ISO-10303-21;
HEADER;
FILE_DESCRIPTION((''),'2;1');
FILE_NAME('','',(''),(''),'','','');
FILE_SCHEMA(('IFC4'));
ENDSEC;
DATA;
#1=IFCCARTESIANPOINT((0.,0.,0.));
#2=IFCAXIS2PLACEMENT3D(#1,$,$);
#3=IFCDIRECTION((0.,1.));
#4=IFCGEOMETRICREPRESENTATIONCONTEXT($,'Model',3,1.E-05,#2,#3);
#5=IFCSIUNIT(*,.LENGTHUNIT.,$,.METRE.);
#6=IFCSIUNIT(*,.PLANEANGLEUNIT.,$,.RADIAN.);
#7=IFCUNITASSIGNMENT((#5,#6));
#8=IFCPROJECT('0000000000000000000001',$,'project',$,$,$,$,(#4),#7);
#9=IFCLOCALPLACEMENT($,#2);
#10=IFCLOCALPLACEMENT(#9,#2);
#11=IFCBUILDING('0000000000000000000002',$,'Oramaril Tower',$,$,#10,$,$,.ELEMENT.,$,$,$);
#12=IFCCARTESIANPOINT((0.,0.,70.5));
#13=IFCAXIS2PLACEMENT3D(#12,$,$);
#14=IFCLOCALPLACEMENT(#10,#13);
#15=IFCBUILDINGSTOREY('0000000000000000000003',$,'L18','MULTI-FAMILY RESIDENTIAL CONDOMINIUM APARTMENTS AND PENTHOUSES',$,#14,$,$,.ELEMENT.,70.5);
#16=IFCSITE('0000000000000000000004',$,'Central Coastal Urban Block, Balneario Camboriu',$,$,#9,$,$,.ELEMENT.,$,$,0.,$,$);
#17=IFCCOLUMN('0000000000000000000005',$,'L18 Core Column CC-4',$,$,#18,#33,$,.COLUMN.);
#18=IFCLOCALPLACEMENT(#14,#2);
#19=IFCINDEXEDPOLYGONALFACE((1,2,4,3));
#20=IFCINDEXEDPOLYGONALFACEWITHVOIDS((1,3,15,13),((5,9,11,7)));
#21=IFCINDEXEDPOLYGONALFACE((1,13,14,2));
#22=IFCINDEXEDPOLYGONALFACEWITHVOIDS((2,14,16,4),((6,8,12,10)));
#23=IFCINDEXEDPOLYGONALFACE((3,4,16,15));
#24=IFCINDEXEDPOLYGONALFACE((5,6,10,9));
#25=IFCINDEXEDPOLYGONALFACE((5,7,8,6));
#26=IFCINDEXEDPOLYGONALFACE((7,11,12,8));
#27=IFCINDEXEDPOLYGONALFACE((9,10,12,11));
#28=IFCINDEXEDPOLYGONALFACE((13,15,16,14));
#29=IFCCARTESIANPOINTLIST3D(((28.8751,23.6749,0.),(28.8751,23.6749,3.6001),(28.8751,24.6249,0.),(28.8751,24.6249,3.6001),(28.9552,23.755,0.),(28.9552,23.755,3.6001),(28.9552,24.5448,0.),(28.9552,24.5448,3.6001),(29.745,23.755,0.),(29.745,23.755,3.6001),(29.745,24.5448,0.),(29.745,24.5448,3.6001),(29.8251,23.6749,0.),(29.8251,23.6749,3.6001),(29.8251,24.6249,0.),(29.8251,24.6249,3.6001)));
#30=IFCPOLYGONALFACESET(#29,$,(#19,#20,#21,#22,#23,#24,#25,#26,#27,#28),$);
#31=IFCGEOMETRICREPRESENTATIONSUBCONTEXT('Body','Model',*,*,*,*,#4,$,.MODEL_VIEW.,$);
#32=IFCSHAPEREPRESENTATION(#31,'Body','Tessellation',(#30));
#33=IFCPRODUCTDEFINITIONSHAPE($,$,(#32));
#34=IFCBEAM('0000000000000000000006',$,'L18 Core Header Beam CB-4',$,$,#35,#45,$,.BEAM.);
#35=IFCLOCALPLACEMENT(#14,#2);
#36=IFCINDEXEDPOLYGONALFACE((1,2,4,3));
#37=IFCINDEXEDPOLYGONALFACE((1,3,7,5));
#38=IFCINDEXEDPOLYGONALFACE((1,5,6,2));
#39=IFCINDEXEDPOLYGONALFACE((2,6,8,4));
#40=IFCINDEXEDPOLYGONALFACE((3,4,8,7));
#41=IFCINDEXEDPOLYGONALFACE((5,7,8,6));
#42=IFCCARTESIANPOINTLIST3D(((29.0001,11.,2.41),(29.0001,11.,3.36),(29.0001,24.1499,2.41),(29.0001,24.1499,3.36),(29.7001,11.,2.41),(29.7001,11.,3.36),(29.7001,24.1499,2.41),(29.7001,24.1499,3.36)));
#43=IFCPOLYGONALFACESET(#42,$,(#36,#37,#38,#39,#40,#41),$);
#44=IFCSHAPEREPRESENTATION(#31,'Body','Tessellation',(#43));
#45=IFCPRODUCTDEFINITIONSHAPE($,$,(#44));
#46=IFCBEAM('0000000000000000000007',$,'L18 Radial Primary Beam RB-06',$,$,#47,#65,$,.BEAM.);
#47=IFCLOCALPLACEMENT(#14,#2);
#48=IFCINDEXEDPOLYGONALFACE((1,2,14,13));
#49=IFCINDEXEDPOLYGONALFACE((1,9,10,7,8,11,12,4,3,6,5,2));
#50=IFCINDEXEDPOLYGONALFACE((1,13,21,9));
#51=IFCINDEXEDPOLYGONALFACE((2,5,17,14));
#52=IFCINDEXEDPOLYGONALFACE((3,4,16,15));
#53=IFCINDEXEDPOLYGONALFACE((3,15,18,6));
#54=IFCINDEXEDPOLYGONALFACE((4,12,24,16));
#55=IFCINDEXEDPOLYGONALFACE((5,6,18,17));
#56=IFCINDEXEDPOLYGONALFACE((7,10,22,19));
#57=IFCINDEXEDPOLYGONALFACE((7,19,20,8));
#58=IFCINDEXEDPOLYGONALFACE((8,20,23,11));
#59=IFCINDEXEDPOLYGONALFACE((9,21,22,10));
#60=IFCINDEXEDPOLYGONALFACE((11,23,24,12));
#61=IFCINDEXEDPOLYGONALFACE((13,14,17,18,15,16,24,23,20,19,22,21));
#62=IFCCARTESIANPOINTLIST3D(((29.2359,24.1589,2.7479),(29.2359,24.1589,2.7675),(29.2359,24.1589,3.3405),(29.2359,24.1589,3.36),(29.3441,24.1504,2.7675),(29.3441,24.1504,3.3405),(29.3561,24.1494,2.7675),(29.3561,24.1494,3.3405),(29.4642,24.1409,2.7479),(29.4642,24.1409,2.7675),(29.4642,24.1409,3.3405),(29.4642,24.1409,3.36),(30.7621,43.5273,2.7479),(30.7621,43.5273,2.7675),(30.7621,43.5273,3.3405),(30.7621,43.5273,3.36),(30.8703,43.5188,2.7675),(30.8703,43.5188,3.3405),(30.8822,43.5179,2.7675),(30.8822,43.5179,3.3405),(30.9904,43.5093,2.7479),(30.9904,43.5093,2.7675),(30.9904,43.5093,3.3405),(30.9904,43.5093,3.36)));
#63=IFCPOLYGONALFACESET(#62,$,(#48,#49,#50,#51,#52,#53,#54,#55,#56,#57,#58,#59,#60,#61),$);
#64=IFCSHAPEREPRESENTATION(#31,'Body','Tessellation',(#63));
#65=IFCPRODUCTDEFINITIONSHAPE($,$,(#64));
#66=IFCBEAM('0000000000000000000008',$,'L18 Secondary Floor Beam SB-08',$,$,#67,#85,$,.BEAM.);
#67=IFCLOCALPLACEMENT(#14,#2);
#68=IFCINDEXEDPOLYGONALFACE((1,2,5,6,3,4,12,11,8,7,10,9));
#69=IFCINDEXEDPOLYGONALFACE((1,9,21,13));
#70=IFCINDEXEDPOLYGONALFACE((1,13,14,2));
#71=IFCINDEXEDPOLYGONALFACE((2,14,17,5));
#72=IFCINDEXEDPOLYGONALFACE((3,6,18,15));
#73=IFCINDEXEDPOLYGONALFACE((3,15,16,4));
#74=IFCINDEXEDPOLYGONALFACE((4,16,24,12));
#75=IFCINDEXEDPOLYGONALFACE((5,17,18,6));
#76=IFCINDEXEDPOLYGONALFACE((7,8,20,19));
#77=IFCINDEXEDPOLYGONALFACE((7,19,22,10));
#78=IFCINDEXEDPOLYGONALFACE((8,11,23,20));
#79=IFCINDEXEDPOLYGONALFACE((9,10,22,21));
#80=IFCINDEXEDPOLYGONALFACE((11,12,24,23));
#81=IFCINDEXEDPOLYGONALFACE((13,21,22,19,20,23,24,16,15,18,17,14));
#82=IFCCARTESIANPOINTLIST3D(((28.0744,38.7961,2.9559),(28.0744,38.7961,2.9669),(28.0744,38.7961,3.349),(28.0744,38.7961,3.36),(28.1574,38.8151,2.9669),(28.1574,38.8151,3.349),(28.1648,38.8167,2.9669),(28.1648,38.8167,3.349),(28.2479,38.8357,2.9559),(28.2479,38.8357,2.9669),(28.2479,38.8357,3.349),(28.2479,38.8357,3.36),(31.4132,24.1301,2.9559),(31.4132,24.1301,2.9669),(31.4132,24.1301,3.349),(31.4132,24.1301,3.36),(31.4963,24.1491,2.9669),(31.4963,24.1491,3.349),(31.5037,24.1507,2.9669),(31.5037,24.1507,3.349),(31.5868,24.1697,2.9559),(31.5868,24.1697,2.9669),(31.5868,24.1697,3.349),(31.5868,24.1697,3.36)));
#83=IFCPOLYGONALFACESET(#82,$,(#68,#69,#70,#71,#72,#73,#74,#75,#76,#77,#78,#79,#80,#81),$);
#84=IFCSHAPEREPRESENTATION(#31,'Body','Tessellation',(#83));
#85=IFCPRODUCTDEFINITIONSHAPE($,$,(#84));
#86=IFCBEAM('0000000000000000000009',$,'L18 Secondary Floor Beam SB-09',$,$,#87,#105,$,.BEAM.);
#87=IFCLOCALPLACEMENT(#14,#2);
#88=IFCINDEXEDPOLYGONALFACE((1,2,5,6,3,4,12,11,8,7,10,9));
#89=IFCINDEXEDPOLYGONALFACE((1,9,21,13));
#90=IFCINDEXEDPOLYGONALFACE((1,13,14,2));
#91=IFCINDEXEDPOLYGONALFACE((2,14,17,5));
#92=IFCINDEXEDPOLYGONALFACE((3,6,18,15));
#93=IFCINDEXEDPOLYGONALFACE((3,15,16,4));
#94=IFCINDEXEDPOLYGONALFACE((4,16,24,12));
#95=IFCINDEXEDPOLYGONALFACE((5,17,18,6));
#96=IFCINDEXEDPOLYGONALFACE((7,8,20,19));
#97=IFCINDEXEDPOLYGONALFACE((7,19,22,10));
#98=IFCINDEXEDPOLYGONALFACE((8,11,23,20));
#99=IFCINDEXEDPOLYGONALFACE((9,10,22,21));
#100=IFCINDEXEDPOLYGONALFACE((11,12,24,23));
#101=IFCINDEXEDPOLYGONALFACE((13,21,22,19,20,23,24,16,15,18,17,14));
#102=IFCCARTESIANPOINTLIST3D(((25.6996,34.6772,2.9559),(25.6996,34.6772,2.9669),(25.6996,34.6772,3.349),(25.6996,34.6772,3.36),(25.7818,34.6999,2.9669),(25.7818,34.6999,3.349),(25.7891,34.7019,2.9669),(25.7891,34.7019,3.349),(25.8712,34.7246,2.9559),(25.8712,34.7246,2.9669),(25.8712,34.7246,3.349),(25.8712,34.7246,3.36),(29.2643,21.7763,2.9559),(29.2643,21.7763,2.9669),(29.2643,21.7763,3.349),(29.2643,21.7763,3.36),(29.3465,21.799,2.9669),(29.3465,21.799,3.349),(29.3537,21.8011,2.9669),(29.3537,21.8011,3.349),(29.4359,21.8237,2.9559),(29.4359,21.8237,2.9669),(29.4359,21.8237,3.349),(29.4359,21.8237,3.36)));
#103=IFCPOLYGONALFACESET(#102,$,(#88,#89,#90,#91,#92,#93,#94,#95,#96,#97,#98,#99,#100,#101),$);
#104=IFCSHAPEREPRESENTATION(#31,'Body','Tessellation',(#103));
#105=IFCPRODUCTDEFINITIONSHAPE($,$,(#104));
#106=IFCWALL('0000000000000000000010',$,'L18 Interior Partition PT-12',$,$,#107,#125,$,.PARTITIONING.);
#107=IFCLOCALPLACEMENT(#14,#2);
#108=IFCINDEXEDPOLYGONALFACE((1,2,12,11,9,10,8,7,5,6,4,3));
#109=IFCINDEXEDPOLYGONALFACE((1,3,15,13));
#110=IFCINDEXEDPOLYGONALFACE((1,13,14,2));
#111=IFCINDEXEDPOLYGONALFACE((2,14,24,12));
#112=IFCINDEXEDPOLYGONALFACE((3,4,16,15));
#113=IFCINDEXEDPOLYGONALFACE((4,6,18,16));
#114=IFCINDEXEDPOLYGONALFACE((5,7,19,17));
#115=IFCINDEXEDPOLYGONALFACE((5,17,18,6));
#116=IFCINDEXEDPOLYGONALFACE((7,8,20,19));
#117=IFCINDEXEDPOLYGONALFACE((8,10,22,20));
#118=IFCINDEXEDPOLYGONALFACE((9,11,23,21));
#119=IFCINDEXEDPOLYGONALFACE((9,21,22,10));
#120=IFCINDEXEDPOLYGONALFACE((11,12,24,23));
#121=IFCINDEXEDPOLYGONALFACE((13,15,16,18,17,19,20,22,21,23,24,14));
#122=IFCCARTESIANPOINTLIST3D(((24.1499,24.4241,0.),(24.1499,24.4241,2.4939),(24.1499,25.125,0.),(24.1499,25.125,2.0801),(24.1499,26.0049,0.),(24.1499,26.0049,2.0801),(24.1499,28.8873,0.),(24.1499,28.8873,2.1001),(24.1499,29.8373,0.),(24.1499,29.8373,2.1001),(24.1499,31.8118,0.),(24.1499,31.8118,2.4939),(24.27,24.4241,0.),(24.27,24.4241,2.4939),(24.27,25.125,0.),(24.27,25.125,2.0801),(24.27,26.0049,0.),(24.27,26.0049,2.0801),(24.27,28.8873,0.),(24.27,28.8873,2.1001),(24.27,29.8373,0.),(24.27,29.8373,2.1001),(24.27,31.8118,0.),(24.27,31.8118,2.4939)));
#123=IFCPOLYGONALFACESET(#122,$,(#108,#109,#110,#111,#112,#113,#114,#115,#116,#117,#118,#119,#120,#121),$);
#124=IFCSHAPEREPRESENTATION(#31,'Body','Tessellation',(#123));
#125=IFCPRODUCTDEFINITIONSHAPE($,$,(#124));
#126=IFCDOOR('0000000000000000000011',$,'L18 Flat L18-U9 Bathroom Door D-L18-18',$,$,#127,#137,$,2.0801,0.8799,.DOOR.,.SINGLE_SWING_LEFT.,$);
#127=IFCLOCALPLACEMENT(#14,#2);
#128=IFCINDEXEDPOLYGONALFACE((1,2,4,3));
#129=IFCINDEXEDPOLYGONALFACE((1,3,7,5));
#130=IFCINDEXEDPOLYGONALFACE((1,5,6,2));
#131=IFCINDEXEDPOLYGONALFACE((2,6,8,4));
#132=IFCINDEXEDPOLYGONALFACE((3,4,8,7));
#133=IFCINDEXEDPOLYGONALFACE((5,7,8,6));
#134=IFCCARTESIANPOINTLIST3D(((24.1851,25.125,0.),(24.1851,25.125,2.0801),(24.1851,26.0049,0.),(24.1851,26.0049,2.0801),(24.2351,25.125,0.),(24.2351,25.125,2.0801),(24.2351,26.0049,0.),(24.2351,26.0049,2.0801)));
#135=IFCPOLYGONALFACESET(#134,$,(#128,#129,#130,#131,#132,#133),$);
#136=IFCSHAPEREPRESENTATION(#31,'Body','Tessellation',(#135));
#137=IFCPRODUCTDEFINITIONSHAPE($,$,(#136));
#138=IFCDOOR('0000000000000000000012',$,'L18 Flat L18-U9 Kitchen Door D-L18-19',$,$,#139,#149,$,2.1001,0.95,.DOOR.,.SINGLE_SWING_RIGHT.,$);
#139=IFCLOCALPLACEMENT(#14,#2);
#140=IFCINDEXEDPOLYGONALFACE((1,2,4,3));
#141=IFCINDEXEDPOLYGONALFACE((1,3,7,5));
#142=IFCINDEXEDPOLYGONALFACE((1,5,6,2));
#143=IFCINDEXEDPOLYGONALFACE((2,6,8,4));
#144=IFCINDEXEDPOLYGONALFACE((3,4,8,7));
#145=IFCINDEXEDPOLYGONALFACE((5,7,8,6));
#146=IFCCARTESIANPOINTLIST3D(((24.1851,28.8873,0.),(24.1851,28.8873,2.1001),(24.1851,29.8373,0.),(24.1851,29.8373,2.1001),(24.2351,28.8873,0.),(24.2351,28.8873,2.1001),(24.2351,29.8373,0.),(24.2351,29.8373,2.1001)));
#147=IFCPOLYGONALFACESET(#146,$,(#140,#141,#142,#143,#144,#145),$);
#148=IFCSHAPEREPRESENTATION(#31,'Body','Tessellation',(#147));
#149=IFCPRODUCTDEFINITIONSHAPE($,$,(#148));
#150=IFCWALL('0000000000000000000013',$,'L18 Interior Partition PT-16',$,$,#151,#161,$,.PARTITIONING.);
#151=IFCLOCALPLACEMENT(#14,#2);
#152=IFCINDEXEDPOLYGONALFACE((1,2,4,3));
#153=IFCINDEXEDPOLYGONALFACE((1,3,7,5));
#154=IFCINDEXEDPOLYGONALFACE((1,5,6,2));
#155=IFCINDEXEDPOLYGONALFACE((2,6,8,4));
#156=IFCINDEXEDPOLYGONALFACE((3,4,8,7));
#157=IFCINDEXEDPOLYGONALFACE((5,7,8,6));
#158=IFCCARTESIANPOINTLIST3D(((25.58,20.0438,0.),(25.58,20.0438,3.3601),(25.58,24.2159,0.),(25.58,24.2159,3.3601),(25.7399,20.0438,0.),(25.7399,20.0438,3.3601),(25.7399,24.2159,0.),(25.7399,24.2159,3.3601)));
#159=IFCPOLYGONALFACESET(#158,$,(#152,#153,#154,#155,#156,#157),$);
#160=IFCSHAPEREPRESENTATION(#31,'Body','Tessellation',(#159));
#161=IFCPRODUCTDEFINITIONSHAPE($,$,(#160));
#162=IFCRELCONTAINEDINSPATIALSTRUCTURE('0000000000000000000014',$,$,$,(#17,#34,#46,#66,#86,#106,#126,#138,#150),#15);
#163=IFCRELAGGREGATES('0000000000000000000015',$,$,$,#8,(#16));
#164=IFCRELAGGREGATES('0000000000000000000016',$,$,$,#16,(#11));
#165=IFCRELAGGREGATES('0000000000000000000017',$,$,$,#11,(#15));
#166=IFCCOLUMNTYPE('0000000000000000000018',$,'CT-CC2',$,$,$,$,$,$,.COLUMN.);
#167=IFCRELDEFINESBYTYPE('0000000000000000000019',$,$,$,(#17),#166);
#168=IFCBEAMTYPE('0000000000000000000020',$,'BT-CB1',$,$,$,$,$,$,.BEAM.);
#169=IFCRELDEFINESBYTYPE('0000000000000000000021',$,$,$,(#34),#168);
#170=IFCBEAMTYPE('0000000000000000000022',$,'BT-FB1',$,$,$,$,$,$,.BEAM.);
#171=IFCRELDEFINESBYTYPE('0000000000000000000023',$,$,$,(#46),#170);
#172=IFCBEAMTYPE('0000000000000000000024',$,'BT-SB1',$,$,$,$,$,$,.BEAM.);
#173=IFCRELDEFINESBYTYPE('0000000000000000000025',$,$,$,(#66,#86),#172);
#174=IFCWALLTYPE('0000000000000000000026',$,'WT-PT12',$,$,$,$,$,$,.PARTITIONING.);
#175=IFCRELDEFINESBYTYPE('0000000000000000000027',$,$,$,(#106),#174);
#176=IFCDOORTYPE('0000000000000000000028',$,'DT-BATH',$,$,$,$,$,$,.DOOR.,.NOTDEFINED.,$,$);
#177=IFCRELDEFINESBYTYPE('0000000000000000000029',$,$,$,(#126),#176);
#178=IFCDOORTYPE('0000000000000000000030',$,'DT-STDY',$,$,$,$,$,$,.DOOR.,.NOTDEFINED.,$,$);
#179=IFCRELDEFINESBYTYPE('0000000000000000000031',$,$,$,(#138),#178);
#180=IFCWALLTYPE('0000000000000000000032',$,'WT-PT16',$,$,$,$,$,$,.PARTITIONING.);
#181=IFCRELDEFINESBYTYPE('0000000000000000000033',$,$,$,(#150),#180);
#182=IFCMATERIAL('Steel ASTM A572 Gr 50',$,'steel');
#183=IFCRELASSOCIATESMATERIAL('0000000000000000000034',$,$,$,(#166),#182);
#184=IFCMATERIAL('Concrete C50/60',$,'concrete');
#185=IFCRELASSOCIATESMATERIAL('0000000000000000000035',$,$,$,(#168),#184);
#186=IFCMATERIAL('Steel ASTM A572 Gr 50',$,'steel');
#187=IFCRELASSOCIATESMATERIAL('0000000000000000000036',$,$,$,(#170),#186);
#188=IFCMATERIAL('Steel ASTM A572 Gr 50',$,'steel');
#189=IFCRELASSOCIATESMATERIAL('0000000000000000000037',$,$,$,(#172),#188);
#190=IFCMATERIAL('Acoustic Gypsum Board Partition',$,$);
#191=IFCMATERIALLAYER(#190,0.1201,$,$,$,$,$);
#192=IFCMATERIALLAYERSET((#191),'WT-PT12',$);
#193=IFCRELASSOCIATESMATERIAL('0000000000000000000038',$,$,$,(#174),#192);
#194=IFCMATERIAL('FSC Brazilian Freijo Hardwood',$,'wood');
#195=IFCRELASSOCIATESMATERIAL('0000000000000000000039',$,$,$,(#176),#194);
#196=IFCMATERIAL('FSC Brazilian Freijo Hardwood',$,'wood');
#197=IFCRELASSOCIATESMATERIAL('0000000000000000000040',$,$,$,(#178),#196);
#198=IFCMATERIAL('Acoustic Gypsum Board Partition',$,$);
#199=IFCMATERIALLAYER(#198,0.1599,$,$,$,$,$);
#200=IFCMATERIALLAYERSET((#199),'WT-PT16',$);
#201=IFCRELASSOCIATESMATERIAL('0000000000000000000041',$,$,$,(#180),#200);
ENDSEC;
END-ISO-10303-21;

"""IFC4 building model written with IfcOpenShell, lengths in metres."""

from ifc_helpers import new_model, si_unit, direction, frame, frame_2d, origin, origin_2d, place, context, subcontext, project, spatial, rectangle, hollow_rectangle, i_section, extrude, material, layer, layer_set, material_profile, profile_set, type_object, element, fill, save


model = new_model("IFC4")

# Units and contexts
model_context = context("Model", 3, precision=1e-05, world=origin(), true_north=direction((0.0, 1.0)))
body_context = subcontext(model_context, "Body", "Model", "MODEL_VIEW")
ifc_project = project(units=[si_unit("LENGTHUNIT", "METRE"), si_unit("PLANEANGLEUNIT", "RADIAN")], contexts=[model_context])

# Site, building, storey
site_placement = place(None, origin())
site = spatial("IfcSite", under=ifc_project, at=site_placement, Name="Central Coastal Urban Block, Balneario Camboriu", CompositionType="ELEMENT", RefElevation=0.0)
building_placement = place(site_placement, origin())
building = spatial("IfcBuilding", under=site, at=building_placement, Name="Oramaril Tower", CompositionType="ELEMENT")
storey_placement = place(building_placement, frame((0.0, 0.0, 70.5)))
storey = spatial("IfcBuildingStorey", under=building, at=storey_placement, Name="L18", Description="MULTI-FAMILY RESIDENTIAL CONDOMINIUM APARTMENTS AND PENTHOUSES", CompositionType="ELEMENT", Elevation=70.5)

# Column
ifc_material_1 = material(Name="Steel ASTM A572 Gr 50", Category="steel")
ifc_material_profile_1 = material_profile(ifc_material_1, hollow_rectangle(XDim=0.95, YDim=0.95, WallThickness=0.0801, at=origin_2d()), Name="BOX950X950X80")
ifc_profile_set_1 = profile_set([ifc_material_profile_1], Name="Steel ASTM A572 Gr 50")
column_type = type_object("IfcColumnType", Name="CT-CC2", PredefinedType="COLUMN", material=ifc_profile_set_1)
column_placement = place(storey_placement, frame((29.3501, 24.1499, 0.0), z_axis=(0.0, 0.0, 1.0), x_axis=(1.0, 0.0, 0.0)))
element("IfcColumn", 1, at=column_placement, inside=storey, type_object=column_type, Name="L18 Core Column CC-4", PredefinedType="COLUMN", context=body_context, shape_type="SweptSolid", body=[
    extrude(hollow_rectangle(XDim=0.95, YDim=0.95, WallThickness=0.0801, at=origin_2d()), origin(), (0.0, 0.0, 1.0), 3.6001),
])

# Beams
ifc_material_2 = material(Name="Concrete C50/60", Category="concrete")
ifc_material_profile_2 = material_profile(ifc_material_2, rectangle(XDim=0.7, YDim=0.95, at=origin_2d()), Name="CB700X950")
ifc_profile_set_2 = profile_set([ifc_material_profile_2], Name="Concrete C50/60")
beam_type_1 = type_object("IfcBeamType", Name="BT-CB1", PredefinedType="BEAM", material=ifc_profile_set_2)
beam_1_placement = place(storey_placement, frame((29.3501, 24.1499, 2.885), z_axis=(0.0, -1.0, 0.0), x_axis=(1.0, 0.0, 0.0)))
element("IfcBeam", 2, at=beam_1_placement, inside=storey, type_object=beam_type_1, Name="L18 Core Header Beam CB-4", PredefinedType="BEAM", context=body_context, shape_type="SweptSolid", body=[
    extrude(rectangle(XDim=0.7, YDim=0.95, at=origin_2d()), origin(), (0.0, 0.0, 1.0), 13.1499),
])
ifc_material_3 = material(Name="Steel ASTM A572 Gr 50", Category="steel")
ifc_material_profile_3 = material_profile(ifc_material_3, i_section(OverallWidth=0.229, OverallDepth=0.6121, WebThickness=0.012, FlangeThickness=0.0195, at=origin_2d()), Name="W24X84")
ifc_profile_set_3 = profile_set([ifc_material_profile_3], Name="Steel ASTM A572 Gr 50")
beam_type_2 = type_object("IfcBeamType", Name="BT-FB1", PredefinedType="BEAM", material=ifc_profile_set_3)
beam_2_placement = place(storey_placement, frame((29.3501, 24.1499, 3.054), z_axis=(0.078551, 0.99691, 0.0), x_axis=(-0.99691, 0.078551, 0.0)))
element("IfcBeam", 3, at=beam_2_placement, inside=storey, type_object=beam_type_2, Name="L18 Radial Primary Beam RB-06", PredefinedType="BEAM", context=body_context, shape_type="SweptSolid", body=[
    extrude(i_section(OverallWidth=0.229, OverallDepth=0.6121, WebThickness=0.012, FlangeThickness=0.0195, at=origin_2d()), origin(), (0.0, 0.0, 1.0), 19.4285),
])
ifc_material_4 = material(Name="Steel ASTM A572 Gr 50", Category="steel")
ifc_material_profile_4 = material_profile(ifc_material_4, i_section(OverallWidth=0.178, OverallDepth=0.4041, WebThickness=0.0076, FlangeThickness=0.011, at=origin_2d()), Name="W16X36")
ifc_profile_set_4 = profile_set([ifc_material_profile_4], Name="Steel ASTM A572 Gr 50")
beam_type_3 = type_object("IfcBeamType", Name="BT-SB1", PredefinedType="BEAM", material=ifc_profile_set_4)
beam_3_placement = place(storey_placement, frame((31.5, 24.1499, 3.158), z_axis=(-0.22198, 0.975051, 0.0), x_axis=(-0.975051, -0.22198, 0.0)))
element("IfcBeam", 4, at=beam_3_placement, inside=storey, type_object=beam_type_3, Name="L18 Secondary Floor Beam SB-08", PredefinedType="BEAM", context=body_context, shape_type="SweptSolid", body=[
    extrude(i_section(OverallWidth=0.178, OverallDepth=0.4041, WebThickness=0.0076, FlangeThickness=0.011, at=origin_2d()), origin(), (0.0, 0.0, 1.0), 15.0413),
])
beam_4_placement = place(storey_placement, frame((29.3501, 21.8, 3.158), z_axis=(-0.266334, 0.963881, 0.0), x_axis=(-0.963881, -0.266334, 0.0)))
element("IfcBeam", 5, at=beam_4_placement, inside=storey, type_object=beam_type_3, Name="L18 Secondary Floor Beam SB-09", PredefinedType="BEAM", context=body_context, shape_type="SweptSolid", body=[
    extrude(i_section(OverallWidth=0.178, OverallDepth=0.4041, WebThickness=0.0076, FlangeThickness=0.011, at=origin_2d()), origin(), (0.0, 0.0, 1.0), 13.3843),
])

# Wall, openings, doors
ifc_material_5 = material(Name="Acoustic Gypsum Board Partition")
ifc_layer_1 = layer(ifc_material_5, 0.1201)
ifc_layer_set_1 = layer_set([ifc_layer_1], Name="WT-PT12")
wall_type_1 = type_object("IfcWallType", Name="WT-PT12", PredefinedType="PARTITIONING", material=ifc_layer_set_1)
wall_1_placement = place(storey_placement, frame((24.21, 24.4241, 0.0), z_axis=(0.0, 0.0, 1.0), x_axis=(0.0, 1.0, 0.0)))
wall_1 = element("IfcWall", 6, at=wall_1_placement, inside=storey, type_object=wall_type_1, Name="L18 Interior Partition PT-12", PredefinedType="PARTITIONING", context=body_context, shape_type="SweptSolid", body=[
    extrude(rectangle(XDim=7.3877, YDim=0.1201, at=frame_2d((3.6938, 0.0))), origin(), (0.0, 0.0, 1.0), 2.4939),
])
opening_1_placement = place(wall_1_placement, frame((0.7009, 0.0, 0.0)))
opening_1 = element("IfcOpeningElement", 7, at=opening_1_placement, cuts=wall_1, PredefinedType="OPENING", context=body_context, shape_type="SweptSolid", body=[
    extrude(rectangle(XDim=0.8799, YDim=2.0801, at=frame_2d((0.4399, 1.04))), frame((0.0, 0.0601, 0.0), z_axis=(0.0, -1.0, 0.0), x_axis=(1.0, 0.0, 0.0)), (0.0, 0.0, 1.0), 0.1201),
])
opening_2_placement = place(wall_1_placement, frame((4.4631, 0.0, 0.0)))
opening_2 = element("IfcOpeningElement", 8, at=opening_2_placement, cuts=wall_1, PredefinedType="OPENING", context=body_context, shape_type="SweptSolid", body=[
    extrude(rectangle(XDim=0.95, YDim=2.1001, at=frame_2d((0.4751, 1.05))), frame((0.0, 0.0601, 0.0), z_axis=(0.0, -1.0, 0.0), x_axis=(1.0, 0.0, 0.0)), (0.0, 0.0, 1.0), 0.1201),
])
ifc_material_6 = material(Name="FSC Brazilian Freijo Hardwood", Category="wood")
door_type_1 = type_object("IfcDoorType", Name="DT-BATH", OperationType="NOTDEFINED", PredefinedType="DOOR", material=ifc_material_6)
door_1_placement = place(opening_1_placement, origin())
door_1 = element("IfcDoor", 9, at=door_1_placement, inside=storey, type_object=door_type_1, Name="L18 Flat L18-U9 Bathroom Door D-L18-18", OperationType="SINGLE_SWING_LEFT", OverallHeight=2.0801, OverallWidth=0.8799, PredefinedType="DOOR", context=body_context, shape_type="SweptSolid", body=[
    extrude(rectangle(XDim=0.8799, YDim=2.0801, at=frame_2d((0.4399, 1.04))), frame((0.0, 0.0249, 0.0), z_axis=(0.0, -1.0, 0.0), x_axis=(1.0, 0.0, 0.0)), (0.0, 0.0, 1.0), 0.05),
])
fill(opening_1, door_1)
ifc_material_7 = material(Name="FSC Brazilian Freijo Hardwood", Category="wood")
door_type_2 = type_object("IfcDoorType", Name="DT-STDY", OperationType="NOTDEFINED", PredefinedType="DOOR", material=ifc_material_7)
door_2_placement = place(opening_2_placement, origin())
door_2 = element("IfcDoor", 10, at=door_2_placement, inside=storey, type_object=door_type_2, Name="L18 Flat L18-U9 Kitchen Door D-L18-19", OperationType="SINGLE_SWING_RIGHT", OverallHeight=2.1001, OverallWidth=0.95, PredefinedType="DOOR", context=body_context, shape_type="SweptSolid", body=[
    extrude(rectangle(XDim=0.95, YDim=2.1001, at=frame_2d((0.4751, 1.05))), frame((0.0, 0.0249, 0.0), z_axis=(0.0, -1.0, 0.0), x_axis=(1.0, 0.0, 0.0)), (0.0, 0.0, 1.0), 0.05),
])
fill(opening_2, door_2)

# Wall
ifc_material_8 = material(Name="Acoustic Gypsum Board Partition")
ifc_layer_2 = layer(ifc_material_8, 0.1599)
ifc_layer_set_2 = layer_set([ifc_layer_2], Name="WT-PT16")
wall_type_2 = type_object("IfcWallType", Name="WT-PT16", PredefinedType="PARTITIONING", material=ifc_layer_set_2)
wall_2_placement = place(storey_placement, frame((25.6599, 20.0439, 0.0), z_axis=(0.0, 0.0, 1.0), x_axis=(0.0, 1.0, 0.0)))
element("IfcWall", 11, at=wall_2_placement, inside=storey, type_object=wall_type_2, Name="L18 Interior Partition PT-16", PredefinedType="PARTITIONING", context=body_context, shape_type="SweptSolid", body=[
    extrude(rectangle(XDim=4.1721, YDim=0.1599, at=frame_2d((2.0859, 0.0))), origin(), (0.0, 0.0, 1.0), 3.3601),
])

save(model, "model.ifc")
